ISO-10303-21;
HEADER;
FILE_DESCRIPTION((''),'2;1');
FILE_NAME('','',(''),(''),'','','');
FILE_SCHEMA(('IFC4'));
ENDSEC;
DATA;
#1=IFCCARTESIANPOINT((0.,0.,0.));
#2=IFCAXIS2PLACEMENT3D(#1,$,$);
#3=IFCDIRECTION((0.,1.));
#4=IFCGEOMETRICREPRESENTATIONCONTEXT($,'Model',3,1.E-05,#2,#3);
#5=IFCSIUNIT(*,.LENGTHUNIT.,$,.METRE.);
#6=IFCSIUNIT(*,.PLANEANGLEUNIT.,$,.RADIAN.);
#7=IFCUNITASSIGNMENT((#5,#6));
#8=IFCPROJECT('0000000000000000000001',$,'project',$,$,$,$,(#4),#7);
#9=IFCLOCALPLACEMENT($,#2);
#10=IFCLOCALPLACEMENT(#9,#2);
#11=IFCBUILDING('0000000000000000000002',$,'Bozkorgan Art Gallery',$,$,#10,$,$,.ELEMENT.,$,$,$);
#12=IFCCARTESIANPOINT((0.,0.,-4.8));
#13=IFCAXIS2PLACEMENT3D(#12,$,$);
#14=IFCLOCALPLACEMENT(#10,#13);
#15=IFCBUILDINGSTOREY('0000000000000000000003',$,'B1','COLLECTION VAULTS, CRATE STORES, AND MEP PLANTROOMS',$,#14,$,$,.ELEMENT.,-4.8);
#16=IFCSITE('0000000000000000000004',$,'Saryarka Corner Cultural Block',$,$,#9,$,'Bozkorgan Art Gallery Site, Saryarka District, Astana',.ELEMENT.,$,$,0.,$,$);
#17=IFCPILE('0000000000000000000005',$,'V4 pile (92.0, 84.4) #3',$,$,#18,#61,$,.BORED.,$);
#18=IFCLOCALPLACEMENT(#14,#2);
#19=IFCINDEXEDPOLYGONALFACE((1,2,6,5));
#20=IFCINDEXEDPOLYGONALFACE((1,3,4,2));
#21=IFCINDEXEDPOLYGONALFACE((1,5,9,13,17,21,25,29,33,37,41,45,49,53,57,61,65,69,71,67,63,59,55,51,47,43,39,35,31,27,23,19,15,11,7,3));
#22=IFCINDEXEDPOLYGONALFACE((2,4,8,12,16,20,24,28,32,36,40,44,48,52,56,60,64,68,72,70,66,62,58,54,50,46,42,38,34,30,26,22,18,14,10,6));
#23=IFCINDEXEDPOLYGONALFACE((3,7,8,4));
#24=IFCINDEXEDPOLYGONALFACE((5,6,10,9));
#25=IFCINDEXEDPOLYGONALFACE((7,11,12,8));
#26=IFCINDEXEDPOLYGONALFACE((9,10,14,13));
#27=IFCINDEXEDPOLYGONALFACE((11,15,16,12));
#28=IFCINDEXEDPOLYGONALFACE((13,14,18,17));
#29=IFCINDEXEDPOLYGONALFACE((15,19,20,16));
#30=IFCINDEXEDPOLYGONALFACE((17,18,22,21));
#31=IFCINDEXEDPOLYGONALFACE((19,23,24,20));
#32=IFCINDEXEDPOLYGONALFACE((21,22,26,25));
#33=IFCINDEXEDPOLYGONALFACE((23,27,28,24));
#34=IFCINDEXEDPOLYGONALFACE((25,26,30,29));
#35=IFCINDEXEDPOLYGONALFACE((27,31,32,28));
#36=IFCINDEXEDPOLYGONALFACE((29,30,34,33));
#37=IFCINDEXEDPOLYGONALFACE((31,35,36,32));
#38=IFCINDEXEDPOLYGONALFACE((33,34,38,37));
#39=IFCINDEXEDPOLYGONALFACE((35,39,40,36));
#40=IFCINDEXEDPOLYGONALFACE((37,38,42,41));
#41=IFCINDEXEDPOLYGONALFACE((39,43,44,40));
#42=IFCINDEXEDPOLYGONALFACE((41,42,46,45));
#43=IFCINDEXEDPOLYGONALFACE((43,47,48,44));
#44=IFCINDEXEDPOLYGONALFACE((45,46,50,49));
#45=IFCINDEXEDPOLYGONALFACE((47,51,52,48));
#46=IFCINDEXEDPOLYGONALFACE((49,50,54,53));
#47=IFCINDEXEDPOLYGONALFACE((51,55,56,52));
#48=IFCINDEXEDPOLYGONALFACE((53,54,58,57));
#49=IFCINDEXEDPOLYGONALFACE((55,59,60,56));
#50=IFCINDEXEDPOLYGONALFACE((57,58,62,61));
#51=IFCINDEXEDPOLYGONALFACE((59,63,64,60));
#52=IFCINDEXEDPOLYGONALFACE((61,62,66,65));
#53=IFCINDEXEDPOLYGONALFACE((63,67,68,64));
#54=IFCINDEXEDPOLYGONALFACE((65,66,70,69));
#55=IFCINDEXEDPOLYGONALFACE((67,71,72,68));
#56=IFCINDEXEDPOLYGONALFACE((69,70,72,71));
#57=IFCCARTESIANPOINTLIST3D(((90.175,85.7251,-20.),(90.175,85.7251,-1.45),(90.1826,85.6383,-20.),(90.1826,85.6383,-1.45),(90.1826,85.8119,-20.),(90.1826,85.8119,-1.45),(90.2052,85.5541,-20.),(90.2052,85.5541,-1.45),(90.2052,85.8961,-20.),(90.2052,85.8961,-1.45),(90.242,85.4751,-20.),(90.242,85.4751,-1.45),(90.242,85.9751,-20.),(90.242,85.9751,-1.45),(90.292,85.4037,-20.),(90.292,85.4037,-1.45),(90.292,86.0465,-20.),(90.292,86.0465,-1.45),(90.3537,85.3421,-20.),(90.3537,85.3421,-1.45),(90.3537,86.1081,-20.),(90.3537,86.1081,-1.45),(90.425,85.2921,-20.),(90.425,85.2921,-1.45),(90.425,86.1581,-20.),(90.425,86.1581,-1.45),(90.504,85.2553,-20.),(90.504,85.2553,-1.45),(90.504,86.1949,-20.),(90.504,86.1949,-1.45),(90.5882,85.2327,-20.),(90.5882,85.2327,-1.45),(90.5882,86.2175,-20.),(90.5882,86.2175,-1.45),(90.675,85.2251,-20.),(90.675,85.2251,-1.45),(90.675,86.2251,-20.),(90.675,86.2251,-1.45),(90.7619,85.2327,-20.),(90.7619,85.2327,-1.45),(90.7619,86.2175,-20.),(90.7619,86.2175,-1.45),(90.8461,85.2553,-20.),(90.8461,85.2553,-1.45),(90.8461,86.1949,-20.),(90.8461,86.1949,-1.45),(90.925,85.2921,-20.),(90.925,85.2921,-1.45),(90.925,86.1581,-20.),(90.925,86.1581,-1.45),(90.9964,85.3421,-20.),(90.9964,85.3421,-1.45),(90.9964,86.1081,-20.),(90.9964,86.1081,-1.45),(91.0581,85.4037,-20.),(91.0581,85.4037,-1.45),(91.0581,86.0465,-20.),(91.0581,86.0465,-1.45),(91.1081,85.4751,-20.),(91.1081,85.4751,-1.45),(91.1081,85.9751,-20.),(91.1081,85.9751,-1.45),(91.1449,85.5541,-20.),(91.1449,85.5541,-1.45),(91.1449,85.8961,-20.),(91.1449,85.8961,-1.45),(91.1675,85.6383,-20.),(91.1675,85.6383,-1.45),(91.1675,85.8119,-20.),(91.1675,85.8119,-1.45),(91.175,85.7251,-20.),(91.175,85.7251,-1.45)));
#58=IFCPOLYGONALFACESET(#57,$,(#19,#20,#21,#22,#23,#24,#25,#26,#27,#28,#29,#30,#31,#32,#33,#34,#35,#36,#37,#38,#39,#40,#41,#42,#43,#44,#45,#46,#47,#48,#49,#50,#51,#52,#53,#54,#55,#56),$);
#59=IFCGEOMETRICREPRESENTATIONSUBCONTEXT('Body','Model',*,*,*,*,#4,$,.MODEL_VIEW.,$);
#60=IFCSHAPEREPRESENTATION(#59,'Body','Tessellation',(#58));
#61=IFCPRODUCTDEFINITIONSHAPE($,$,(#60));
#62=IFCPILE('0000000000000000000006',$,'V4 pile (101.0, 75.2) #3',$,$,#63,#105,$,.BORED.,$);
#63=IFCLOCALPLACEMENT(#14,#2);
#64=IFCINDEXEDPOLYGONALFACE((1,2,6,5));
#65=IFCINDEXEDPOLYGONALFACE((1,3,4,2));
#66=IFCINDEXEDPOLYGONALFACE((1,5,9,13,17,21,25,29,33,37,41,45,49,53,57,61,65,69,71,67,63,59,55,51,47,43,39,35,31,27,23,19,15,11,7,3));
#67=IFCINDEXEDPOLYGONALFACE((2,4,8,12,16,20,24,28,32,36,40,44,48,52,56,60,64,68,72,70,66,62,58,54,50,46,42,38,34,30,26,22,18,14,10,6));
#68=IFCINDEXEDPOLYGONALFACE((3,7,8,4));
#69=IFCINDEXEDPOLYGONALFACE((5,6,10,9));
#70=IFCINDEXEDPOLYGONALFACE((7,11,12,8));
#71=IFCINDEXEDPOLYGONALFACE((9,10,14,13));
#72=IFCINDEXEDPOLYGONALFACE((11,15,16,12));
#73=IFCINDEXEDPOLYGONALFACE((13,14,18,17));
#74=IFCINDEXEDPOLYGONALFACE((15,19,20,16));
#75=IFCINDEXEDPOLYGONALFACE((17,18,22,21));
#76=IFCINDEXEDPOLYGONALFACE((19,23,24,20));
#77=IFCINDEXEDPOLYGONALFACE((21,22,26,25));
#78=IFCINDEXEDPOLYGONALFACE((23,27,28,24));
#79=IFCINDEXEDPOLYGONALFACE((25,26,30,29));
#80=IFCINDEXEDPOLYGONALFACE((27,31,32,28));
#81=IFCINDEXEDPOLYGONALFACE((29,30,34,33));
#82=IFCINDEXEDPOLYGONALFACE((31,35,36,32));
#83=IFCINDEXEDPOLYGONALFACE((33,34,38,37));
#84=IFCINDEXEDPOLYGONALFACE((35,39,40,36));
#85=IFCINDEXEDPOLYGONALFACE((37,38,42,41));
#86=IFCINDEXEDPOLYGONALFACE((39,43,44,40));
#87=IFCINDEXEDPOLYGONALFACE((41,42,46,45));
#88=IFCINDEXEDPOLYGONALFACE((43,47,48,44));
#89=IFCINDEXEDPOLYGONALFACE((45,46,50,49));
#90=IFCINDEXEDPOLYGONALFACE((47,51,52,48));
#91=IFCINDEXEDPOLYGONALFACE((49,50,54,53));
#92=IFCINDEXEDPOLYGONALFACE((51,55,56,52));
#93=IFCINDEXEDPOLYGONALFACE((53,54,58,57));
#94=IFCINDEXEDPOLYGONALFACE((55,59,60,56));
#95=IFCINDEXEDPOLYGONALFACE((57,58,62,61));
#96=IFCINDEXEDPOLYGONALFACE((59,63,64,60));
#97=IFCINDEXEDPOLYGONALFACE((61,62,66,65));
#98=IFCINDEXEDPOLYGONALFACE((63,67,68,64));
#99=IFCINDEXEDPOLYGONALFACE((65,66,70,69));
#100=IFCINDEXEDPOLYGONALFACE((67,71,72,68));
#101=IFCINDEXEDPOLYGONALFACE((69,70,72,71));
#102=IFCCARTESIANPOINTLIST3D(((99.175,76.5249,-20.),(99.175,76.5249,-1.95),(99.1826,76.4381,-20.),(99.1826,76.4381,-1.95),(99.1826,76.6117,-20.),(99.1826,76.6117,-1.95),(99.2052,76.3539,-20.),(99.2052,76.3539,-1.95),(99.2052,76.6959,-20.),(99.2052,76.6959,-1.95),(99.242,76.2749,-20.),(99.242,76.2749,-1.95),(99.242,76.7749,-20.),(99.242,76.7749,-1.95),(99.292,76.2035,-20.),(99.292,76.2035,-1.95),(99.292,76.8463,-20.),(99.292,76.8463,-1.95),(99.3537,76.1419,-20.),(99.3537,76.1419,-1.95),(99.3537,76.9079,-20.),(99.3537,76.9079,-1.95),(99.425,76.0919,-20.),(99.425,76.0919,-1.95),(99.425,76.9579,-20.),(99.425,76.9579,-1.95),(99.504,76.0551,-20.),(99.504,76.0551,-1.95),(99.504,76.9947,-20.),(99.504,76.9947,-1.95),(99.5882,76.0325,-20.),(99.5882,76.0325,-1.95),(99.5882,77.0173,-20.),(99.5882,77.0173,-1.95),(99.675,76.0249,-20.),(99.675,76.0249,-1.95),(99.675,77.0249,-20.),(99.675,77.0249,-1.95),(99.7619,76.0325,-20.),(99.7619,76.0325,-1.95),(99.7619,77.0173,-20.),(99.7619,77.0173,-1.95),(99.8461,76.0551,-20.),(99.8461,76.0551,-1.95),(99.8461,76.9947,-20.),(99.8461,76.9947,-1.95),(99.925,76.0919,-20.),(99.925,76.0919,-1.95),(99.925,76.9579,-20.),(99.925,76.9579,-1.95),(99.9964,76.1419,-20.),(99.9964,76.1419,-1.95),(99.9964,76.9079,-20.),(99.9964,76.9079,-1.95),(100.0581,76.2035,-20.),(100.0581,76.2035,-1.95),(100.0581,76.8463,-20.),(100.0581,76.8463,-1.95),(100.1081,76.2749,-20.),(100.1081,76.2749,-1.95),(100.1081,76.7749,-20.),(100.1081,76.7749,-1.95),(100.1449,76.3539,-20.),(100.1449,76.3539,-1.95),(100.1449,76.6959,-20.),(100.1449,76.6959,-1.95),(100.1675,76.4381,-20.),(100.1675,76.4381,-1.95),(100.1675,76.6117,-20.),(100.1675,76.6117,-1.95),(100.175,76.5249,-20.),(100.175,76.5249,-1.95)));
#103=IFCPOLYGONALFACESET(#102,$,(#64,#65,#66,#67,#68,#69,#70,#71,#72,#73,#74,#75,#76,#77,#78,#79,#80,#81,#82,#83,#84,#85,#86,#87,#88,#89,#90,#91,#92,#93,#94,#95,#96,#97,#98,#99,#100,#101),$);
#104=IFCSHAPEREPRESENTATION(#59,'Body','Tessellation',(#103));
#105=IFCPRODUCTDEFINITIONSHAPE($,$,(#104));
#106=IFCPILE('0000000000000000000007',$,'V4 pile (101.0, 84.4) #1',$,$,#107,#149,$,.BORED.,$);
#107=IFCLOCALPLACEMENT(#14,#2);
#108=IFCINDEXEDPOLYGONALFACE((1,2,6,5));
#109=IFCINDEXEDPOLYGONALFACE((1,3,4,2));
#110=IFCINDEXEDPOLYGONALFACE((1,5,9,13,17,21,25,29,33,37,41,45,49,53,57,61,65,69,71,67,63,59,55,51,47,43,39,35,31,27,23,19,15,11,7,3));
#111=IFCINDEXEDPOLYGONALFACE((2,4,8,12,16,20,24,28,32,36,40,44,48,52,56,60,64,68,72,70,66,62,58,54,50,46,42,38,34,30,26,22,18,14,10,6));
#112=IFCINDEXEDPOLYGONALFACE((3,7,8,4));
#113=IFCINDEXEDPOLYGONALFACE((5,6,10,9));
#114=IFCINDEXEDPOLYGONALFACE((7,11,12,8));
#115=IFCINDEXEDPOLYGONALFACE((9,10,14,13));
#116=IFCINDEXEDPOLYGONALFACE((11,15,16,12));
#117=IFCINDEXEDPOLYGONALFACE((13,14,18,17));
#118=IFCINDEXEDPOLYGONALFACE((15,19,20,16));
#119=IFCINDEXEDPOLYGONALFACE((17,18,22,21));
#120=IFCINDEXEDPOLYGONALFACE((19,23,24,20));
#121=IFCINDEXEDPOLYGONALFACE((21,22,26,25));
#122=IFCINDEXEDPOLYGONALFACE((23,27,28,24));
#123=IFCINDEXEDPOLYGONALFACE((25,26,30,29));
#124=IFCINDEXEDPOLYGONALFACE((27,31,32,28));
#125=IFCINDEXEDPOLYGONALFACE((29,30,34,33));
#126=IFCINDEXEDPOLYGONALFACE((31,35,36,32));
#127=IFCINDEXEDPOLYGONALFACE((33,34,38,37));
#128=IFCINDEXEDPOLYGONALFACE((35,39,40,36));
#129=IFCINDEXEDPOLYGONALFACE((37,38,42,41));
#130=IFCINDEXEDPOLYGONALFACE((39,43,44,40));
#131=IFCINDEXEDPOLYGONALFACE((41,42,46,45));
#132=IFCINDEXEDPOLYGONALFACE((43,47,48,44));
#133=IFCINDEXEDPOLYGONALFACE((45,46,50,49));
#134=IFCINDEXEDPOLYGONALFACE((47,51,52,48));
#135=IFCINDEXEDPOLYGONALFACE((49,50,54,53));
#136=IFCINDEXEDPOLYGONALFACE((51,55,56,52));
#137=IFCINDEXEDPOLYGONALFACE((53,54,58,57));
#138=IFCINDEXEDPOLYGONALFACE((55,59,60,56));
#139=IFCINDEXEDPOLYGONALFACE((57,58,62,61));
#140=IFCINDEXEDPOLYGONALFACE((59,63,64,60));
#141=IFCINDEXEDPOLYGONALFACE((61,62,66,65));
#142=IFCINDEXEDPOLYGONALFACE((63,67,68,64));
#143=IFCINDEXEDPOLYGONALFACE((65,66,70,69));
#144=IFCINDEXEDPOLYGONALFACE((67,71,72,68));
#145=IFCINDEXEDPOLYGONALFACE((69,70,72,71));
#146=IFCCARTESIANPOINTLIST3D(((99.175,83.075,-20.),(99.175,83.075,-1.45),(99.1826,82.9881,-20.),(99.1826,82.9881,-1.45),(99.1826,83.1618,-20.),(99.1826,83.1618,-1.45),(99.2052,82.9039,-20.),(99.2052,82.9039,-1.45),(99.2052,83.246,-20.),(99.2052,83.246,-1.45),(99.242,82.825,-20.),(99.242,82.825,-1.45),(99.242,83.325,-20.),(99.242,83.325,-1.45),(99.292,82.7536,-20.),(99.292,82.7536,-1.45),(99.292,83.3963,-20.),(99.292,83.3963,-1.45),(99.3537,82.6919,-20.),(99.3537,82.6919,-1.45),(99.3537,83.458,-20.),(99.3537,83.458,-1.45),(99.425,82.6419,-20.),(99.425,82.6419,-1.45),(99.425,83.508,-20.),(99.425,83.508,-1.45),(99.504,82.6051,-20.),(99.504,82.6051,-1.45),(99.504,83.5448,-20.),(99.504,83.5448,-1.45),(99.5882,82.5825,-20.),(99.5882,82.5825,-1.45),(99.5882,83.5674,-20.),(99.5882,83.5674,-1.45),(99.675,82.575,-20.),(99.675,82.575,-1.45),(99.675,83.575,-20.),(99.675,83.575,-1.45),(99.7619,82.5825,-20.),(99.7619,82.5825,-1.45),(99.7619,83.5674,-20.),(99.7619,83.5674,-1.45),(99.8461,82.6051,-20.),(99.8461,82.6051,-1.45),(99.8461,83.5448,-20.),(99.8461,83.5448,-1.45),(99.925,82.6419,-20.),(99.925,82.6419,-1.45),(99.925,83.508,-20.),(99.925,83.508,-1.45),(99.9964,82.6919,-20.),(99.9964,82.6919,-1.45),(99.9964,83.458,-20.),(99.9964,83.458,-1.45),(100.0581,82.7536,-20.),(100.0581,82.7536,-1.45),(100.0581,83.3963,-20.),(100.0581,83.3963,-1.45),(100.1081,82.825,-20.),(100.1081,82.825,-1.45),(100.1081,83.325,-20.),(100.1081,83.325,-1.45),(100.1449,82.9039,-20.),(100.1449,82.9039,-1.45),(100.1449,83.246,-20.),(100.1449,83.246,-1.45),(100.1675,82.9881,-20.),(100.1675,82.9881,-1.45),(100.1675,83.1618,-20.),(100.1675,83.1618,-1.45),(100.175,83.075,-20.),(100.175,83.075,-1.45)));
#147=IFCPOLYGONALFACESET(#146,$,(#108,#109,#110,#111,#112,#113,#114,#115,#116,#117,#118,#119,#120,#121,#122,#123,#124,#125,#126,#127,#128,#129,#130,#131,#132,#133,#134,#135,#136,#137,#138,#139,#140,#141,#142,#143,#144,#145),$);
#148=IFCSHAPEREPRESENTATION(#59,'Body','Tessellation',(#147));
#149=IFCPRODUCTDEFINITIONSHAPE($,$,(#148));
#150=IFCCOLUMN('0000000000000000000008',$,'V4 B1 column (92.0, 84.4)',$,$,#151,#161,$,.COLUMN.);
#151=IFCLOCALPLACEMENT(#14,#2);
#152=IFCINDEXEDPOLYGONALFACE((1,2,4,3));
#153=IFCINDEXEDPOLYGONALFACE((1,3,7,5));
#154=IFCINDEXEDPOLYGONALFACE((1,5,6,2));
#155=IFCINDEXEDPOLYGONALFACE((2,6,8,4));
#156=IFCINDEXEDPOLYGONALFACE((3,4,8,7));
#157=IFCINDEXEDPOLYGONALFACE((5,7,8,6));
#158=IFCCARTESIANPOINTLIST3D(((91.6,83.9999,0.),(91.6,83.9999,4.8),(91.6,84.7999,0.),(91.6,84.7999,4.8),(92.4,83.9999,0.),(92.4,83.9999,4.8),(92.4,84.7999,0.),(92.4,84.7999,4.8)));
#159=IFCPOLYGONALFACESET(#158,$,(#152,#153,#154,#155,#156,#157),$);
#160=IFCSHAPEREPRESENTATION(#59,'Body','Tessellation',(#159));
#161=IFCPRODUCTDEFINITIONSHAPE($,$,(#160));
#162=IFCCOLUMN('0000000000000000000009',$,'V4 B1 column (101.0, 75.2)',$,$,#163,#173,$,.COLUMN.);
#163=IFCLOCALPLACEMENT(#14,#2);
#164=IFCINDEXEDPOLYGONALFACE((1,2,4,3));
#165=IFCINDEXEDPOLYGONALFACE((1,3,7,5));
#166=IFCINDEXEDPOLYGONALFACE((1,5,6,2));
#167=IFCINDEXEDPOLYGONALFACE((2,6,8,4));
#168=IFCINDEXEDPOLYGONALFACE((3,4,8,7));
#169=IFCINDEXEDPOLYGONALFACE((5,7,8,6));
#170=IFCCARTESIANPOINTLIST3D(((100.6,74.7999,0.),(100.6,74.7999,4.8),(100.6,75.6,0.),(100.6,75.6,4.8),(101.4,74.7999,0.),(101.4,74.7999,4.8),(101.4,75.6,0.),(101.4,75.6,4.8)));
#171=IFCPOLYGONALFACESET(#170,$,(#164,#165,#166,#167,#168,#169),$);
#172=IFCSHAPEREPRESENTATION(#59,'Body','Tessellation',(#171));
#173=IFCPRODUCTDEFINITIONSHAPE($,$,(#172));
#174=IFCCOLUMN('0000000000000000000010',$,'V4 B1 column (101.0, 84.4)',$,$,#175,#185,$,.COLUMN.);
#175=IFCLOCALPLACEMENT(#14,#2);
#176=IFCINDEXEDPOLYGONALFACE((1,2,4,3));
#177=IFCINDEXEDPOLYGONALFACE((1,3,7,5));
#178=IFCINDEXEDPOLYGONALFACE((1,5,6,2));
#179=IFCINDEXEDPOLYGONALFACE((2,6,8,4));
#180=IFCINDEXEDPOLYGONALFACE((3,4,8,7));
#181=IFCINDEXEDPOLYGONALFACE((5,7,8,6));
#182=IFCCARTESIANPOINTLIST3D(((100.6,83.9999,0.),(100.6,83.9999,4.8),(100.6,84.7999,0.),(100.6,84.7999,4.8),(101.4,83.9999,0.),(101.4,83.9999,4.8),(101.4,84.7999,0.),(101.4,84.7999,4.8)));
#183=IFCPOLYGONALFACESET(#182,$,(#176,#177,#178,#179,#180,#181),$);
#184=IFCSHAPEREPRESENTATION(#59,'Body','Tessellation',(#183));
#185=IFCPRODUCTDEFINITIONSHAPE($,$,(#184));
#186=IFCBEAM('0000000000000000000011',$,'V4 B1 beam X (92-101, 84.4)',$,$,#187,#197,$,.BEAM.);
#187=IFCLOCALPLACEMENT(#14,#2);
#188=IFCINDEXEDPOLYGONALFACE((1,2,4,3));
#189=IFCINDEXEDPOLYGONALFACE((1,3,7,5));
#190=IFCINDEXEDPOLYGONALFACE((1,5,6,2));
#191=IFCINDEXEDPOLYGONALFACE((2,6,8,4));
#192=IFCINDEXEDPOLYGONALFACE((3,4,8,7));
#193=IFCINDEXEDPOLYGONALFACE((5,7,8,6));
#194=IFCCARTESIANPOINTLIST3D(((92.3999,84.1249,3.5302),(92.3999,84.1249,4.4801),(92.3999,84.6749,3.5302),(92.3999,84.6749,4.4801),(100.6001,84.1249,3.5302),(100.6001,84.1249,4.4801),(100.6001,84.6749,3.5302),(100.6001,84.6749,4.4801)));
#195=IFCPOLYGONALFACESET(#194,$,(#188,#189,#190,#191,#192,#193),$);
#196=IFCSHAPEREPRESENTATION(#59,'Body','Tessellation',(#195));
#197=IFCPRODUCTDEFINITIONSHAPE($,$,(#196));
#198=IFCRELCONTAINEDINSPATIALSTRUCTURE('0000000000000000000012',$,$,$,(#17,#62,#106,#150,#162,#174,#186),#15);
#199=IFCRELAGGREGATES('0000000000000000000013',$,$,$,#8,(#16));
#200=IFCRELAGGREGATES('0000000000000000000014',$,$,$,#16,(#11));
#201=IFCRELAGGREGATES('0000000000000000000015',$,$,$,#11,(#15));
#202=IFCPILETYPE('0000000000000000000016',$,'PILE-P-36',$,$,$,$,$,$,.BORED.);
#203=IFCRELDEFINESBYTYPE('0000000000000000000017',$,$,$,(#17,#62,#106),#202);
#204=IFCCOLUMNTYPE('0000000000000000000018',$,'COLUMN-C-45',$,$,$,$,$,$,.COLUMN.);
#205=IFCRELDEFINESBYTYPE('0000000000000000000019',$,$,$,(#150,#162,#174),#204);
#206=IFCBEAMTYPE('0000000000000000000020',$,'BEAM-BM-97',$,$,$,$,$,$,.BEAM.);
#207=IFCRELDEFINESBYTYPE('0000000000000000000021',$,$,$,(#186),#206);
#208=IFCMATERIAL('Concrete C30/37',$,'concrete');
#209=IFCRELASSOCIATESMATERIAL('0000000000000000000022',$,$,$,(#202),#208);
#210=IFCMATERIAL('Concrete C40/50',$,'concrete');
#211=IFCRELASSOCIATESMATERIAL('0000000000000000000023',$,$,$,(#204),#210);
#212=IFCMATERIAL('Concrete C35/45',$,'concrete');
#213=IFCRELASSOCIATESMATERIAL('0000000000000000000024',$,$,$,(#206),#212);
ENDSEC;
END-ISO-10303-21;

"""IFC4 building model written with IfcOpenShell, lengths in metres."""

from ifc_helpers import new_model, si_unit, direction, frame, origin, origin_2d, place, context, subcontext, project, spatial, rectangle, circle, extrude, material, material_profile, profile_set, type_object, element, save


model = new_model("IFC4")

# Units and contexts
model_context = context("Model", 3, precision=1e-05, world=origin(), true_north=direction((0.0, 1.0)))
body_context = subcontext(model_context, "Body", "Model", "MODEL_VIEW")
ifc_project = project(units=[si_unit("LENGTHUNIT", "METRE"), si_unit("PLANEANGLEUNIT", "RADIAN")], contexts=[model_context])

# Site, building, storey
site_placement = place(None, origin())
site = spatial("IfcSite", under=ifc_project, at=site_placement, Name="Saryarka Corner Cultural Block", LongName="Bozkorgan Art Gallery Site, Saryarka District, Astana", CompositionType="ELEMENT", RefElevation=0.0)
building_placement = place(site_placement, origin())
building = spatial("IfcBuilding", under=site, at=building_placement, Name="Bozkorgan Art Gallery", CompositionType="ELEMENT")
storey_placement = place(building_placement, frame((0.0, 0.0, -4.8)))
storey = spatial("IfcBuildingStorey", under=building, at=storey_placement, Name="B1", Description="COLLECTION VAULTS, CRATE STORES, AND MEP PLANTROOMS", CompositionType="ELEMENT", Elevation=-4.8)

# Shared definitions
ifc_material_1 = material(Name="Concrete C30/37", Category="concrete")

# Piles
ifc_material_profile_1 = material_profile(ifc_material_1, circle(Radius=0.5, at=origin_2d()), Name="PILE D1000")
ifc_profile_set_1 = profile_set([ifc_material_profile_1], Name="Concrete C30/37")
pile_type = type_object("IfcPileType", Name="PILE-P-36", PredefinedType="BORED", material=ifc_profile_set_1)
for number, where, z_axis, x_axis, name in (
    (1, (90.675, 85.7251, -1.45), (0.0, 0.0, -1.0), (1.0, 0.0, 0.0), "V4 pile (92.0, 84.4) #3"),
):
    element("IfcPile", number, at=place(storey_placement, frame(where, z_axis=z_axis, x_axis=x_axis)), inside=storey, type_object=pile_type, Name=name, PredefinedType="BORED", context=body_context, shape_type="SweptSolid", body=[
        extrude(circle(Radius=0.5, at=origin_2d()), origin(), (0.0, 0.0, 1.0), 18.55),
    ])
pile_1_placement = place(storey_placement, frame((99.675, 76.5249, -1.95), z_axis=(0.0, 0.0, -1.0), x_axis=(1.0, 0.0, 0.0)))
element("IfcPile", 2, at=pile_1_placement, inside=storey, type_object=pile_type, Name="V4 pile (101.0, 75.2) #3", PredefinedType="BORED", context=body_context, shape_type="SweptSolid", body=[
    extrude(circle(Radius=0.5, at=origin_2d()), origin(), (0.0, 0.0, 1.0), 18.05),
])
pile_2_placement = place(storey_placement, frame((99.675, 83.075, -1.45), z_axis=(0.0, 0.0, -1.0), x_axis=(1.0, 0.0, 0.0)))
element("IfcPile", 3, at=pile_2_placement, inside=storey, type_object=pile_type, Name="V4 pile (101.0, 84.4) #1", PredefinedType="BORED", context=body_context, shape_type="SweptSolid", body=[
    extrude(circle(Radius=0.5, at=origin_2d()), origin(), (0.0, 0.0, 1.0), 18.55),
])

# Columns
ifc_material_2 = material(Name="Concrete C40/50", Category="concrete")
ifc_material_profile_2 = material_profile(ifc_material_2, rectangle(XDim=0.8, YDim=0.8, at=origin_2d()), Name="RC 800x800")
ifc_profile_set_2 = profile_set([ifc_material_profile_2], Name="Concrete C40/50")
column_type = type_object("IfcColumnType", Name="COLUMN-C-45", PredefinedType="COLUMN", material=ifc_profile_set_2)
for number, where, z_axis, x_axis, name in (
    (4, (92.0, 84.3999, 0.0), (0.0, 0.0, 1.0), (1.0, 0.0, 0.0), "V4 B1 column (92.0, 84.4)"),
    (5, (101.0, 75.2, 0.0), (0.0, 0.0, 1.0), (1.0, 0.0, 0.0), "V4 B1 column (101.0, 75.2)"),
    (6, (101.0, 84.3999, 0.0), (0.0, 0.0, 1.0), (1.0, 0.0, 0.0), "V4 B1 column (101.0, 84.4)"),
):
    element("IfcColumn", number, at=place(storey_placement, frame(where, z_axis=z_axis, x_axis=x_axis)), inside=storey, type_object=column_type, Name=name, PredefinedType="COLUMN", context=body_context, shape_type="SweptSolid", body=[
        extrude(rectangle(XDim=0.8, YDim=0.8, at=origin_2d()), origin(), (0.0, 0.0, 1.0), 4.8),
    ])

# Beam
ifc_material_3 = material(Name="Concrete C35/45", Category="concrete")
ifc_material_profile_3 = material_profile(ifc_material_3, rectangle(XDim=0.55, YDim=0.95, at=origin_2d()), Name="RC 550x950")
ifc_profile_set_3 = profile_set([ifc_material_profile_3], Name="Concrete C35/45")
beam_type_1 = type_object("IfcBeamType", Name="BEAM-BM-97", PredefinedType="BEAM", material=ifc_profile_set_3)
beam_placement = place(storey_placement, frame((92.3999, 84.3999, 4.0051), z_axis=(1.0, 0.0, 0.0), x_axis=(0.0, 1.0, 0.0)))
element("IfcBeam", 7, at=beam_placement, inside=storey, type_object=beam_type_1, Name="V4 B1 beam X (92-101, 84.4)", PredefinedType="BEAM", context=body_context, shape_type="SweptSolid", body=[
    extrude(rectangle(XDim=0.55, YDim=0.95, at=origin_2d()), origin(), (0.0, 0.0, 1.0), 8.2002),
])

save(model, "model.ifc")
